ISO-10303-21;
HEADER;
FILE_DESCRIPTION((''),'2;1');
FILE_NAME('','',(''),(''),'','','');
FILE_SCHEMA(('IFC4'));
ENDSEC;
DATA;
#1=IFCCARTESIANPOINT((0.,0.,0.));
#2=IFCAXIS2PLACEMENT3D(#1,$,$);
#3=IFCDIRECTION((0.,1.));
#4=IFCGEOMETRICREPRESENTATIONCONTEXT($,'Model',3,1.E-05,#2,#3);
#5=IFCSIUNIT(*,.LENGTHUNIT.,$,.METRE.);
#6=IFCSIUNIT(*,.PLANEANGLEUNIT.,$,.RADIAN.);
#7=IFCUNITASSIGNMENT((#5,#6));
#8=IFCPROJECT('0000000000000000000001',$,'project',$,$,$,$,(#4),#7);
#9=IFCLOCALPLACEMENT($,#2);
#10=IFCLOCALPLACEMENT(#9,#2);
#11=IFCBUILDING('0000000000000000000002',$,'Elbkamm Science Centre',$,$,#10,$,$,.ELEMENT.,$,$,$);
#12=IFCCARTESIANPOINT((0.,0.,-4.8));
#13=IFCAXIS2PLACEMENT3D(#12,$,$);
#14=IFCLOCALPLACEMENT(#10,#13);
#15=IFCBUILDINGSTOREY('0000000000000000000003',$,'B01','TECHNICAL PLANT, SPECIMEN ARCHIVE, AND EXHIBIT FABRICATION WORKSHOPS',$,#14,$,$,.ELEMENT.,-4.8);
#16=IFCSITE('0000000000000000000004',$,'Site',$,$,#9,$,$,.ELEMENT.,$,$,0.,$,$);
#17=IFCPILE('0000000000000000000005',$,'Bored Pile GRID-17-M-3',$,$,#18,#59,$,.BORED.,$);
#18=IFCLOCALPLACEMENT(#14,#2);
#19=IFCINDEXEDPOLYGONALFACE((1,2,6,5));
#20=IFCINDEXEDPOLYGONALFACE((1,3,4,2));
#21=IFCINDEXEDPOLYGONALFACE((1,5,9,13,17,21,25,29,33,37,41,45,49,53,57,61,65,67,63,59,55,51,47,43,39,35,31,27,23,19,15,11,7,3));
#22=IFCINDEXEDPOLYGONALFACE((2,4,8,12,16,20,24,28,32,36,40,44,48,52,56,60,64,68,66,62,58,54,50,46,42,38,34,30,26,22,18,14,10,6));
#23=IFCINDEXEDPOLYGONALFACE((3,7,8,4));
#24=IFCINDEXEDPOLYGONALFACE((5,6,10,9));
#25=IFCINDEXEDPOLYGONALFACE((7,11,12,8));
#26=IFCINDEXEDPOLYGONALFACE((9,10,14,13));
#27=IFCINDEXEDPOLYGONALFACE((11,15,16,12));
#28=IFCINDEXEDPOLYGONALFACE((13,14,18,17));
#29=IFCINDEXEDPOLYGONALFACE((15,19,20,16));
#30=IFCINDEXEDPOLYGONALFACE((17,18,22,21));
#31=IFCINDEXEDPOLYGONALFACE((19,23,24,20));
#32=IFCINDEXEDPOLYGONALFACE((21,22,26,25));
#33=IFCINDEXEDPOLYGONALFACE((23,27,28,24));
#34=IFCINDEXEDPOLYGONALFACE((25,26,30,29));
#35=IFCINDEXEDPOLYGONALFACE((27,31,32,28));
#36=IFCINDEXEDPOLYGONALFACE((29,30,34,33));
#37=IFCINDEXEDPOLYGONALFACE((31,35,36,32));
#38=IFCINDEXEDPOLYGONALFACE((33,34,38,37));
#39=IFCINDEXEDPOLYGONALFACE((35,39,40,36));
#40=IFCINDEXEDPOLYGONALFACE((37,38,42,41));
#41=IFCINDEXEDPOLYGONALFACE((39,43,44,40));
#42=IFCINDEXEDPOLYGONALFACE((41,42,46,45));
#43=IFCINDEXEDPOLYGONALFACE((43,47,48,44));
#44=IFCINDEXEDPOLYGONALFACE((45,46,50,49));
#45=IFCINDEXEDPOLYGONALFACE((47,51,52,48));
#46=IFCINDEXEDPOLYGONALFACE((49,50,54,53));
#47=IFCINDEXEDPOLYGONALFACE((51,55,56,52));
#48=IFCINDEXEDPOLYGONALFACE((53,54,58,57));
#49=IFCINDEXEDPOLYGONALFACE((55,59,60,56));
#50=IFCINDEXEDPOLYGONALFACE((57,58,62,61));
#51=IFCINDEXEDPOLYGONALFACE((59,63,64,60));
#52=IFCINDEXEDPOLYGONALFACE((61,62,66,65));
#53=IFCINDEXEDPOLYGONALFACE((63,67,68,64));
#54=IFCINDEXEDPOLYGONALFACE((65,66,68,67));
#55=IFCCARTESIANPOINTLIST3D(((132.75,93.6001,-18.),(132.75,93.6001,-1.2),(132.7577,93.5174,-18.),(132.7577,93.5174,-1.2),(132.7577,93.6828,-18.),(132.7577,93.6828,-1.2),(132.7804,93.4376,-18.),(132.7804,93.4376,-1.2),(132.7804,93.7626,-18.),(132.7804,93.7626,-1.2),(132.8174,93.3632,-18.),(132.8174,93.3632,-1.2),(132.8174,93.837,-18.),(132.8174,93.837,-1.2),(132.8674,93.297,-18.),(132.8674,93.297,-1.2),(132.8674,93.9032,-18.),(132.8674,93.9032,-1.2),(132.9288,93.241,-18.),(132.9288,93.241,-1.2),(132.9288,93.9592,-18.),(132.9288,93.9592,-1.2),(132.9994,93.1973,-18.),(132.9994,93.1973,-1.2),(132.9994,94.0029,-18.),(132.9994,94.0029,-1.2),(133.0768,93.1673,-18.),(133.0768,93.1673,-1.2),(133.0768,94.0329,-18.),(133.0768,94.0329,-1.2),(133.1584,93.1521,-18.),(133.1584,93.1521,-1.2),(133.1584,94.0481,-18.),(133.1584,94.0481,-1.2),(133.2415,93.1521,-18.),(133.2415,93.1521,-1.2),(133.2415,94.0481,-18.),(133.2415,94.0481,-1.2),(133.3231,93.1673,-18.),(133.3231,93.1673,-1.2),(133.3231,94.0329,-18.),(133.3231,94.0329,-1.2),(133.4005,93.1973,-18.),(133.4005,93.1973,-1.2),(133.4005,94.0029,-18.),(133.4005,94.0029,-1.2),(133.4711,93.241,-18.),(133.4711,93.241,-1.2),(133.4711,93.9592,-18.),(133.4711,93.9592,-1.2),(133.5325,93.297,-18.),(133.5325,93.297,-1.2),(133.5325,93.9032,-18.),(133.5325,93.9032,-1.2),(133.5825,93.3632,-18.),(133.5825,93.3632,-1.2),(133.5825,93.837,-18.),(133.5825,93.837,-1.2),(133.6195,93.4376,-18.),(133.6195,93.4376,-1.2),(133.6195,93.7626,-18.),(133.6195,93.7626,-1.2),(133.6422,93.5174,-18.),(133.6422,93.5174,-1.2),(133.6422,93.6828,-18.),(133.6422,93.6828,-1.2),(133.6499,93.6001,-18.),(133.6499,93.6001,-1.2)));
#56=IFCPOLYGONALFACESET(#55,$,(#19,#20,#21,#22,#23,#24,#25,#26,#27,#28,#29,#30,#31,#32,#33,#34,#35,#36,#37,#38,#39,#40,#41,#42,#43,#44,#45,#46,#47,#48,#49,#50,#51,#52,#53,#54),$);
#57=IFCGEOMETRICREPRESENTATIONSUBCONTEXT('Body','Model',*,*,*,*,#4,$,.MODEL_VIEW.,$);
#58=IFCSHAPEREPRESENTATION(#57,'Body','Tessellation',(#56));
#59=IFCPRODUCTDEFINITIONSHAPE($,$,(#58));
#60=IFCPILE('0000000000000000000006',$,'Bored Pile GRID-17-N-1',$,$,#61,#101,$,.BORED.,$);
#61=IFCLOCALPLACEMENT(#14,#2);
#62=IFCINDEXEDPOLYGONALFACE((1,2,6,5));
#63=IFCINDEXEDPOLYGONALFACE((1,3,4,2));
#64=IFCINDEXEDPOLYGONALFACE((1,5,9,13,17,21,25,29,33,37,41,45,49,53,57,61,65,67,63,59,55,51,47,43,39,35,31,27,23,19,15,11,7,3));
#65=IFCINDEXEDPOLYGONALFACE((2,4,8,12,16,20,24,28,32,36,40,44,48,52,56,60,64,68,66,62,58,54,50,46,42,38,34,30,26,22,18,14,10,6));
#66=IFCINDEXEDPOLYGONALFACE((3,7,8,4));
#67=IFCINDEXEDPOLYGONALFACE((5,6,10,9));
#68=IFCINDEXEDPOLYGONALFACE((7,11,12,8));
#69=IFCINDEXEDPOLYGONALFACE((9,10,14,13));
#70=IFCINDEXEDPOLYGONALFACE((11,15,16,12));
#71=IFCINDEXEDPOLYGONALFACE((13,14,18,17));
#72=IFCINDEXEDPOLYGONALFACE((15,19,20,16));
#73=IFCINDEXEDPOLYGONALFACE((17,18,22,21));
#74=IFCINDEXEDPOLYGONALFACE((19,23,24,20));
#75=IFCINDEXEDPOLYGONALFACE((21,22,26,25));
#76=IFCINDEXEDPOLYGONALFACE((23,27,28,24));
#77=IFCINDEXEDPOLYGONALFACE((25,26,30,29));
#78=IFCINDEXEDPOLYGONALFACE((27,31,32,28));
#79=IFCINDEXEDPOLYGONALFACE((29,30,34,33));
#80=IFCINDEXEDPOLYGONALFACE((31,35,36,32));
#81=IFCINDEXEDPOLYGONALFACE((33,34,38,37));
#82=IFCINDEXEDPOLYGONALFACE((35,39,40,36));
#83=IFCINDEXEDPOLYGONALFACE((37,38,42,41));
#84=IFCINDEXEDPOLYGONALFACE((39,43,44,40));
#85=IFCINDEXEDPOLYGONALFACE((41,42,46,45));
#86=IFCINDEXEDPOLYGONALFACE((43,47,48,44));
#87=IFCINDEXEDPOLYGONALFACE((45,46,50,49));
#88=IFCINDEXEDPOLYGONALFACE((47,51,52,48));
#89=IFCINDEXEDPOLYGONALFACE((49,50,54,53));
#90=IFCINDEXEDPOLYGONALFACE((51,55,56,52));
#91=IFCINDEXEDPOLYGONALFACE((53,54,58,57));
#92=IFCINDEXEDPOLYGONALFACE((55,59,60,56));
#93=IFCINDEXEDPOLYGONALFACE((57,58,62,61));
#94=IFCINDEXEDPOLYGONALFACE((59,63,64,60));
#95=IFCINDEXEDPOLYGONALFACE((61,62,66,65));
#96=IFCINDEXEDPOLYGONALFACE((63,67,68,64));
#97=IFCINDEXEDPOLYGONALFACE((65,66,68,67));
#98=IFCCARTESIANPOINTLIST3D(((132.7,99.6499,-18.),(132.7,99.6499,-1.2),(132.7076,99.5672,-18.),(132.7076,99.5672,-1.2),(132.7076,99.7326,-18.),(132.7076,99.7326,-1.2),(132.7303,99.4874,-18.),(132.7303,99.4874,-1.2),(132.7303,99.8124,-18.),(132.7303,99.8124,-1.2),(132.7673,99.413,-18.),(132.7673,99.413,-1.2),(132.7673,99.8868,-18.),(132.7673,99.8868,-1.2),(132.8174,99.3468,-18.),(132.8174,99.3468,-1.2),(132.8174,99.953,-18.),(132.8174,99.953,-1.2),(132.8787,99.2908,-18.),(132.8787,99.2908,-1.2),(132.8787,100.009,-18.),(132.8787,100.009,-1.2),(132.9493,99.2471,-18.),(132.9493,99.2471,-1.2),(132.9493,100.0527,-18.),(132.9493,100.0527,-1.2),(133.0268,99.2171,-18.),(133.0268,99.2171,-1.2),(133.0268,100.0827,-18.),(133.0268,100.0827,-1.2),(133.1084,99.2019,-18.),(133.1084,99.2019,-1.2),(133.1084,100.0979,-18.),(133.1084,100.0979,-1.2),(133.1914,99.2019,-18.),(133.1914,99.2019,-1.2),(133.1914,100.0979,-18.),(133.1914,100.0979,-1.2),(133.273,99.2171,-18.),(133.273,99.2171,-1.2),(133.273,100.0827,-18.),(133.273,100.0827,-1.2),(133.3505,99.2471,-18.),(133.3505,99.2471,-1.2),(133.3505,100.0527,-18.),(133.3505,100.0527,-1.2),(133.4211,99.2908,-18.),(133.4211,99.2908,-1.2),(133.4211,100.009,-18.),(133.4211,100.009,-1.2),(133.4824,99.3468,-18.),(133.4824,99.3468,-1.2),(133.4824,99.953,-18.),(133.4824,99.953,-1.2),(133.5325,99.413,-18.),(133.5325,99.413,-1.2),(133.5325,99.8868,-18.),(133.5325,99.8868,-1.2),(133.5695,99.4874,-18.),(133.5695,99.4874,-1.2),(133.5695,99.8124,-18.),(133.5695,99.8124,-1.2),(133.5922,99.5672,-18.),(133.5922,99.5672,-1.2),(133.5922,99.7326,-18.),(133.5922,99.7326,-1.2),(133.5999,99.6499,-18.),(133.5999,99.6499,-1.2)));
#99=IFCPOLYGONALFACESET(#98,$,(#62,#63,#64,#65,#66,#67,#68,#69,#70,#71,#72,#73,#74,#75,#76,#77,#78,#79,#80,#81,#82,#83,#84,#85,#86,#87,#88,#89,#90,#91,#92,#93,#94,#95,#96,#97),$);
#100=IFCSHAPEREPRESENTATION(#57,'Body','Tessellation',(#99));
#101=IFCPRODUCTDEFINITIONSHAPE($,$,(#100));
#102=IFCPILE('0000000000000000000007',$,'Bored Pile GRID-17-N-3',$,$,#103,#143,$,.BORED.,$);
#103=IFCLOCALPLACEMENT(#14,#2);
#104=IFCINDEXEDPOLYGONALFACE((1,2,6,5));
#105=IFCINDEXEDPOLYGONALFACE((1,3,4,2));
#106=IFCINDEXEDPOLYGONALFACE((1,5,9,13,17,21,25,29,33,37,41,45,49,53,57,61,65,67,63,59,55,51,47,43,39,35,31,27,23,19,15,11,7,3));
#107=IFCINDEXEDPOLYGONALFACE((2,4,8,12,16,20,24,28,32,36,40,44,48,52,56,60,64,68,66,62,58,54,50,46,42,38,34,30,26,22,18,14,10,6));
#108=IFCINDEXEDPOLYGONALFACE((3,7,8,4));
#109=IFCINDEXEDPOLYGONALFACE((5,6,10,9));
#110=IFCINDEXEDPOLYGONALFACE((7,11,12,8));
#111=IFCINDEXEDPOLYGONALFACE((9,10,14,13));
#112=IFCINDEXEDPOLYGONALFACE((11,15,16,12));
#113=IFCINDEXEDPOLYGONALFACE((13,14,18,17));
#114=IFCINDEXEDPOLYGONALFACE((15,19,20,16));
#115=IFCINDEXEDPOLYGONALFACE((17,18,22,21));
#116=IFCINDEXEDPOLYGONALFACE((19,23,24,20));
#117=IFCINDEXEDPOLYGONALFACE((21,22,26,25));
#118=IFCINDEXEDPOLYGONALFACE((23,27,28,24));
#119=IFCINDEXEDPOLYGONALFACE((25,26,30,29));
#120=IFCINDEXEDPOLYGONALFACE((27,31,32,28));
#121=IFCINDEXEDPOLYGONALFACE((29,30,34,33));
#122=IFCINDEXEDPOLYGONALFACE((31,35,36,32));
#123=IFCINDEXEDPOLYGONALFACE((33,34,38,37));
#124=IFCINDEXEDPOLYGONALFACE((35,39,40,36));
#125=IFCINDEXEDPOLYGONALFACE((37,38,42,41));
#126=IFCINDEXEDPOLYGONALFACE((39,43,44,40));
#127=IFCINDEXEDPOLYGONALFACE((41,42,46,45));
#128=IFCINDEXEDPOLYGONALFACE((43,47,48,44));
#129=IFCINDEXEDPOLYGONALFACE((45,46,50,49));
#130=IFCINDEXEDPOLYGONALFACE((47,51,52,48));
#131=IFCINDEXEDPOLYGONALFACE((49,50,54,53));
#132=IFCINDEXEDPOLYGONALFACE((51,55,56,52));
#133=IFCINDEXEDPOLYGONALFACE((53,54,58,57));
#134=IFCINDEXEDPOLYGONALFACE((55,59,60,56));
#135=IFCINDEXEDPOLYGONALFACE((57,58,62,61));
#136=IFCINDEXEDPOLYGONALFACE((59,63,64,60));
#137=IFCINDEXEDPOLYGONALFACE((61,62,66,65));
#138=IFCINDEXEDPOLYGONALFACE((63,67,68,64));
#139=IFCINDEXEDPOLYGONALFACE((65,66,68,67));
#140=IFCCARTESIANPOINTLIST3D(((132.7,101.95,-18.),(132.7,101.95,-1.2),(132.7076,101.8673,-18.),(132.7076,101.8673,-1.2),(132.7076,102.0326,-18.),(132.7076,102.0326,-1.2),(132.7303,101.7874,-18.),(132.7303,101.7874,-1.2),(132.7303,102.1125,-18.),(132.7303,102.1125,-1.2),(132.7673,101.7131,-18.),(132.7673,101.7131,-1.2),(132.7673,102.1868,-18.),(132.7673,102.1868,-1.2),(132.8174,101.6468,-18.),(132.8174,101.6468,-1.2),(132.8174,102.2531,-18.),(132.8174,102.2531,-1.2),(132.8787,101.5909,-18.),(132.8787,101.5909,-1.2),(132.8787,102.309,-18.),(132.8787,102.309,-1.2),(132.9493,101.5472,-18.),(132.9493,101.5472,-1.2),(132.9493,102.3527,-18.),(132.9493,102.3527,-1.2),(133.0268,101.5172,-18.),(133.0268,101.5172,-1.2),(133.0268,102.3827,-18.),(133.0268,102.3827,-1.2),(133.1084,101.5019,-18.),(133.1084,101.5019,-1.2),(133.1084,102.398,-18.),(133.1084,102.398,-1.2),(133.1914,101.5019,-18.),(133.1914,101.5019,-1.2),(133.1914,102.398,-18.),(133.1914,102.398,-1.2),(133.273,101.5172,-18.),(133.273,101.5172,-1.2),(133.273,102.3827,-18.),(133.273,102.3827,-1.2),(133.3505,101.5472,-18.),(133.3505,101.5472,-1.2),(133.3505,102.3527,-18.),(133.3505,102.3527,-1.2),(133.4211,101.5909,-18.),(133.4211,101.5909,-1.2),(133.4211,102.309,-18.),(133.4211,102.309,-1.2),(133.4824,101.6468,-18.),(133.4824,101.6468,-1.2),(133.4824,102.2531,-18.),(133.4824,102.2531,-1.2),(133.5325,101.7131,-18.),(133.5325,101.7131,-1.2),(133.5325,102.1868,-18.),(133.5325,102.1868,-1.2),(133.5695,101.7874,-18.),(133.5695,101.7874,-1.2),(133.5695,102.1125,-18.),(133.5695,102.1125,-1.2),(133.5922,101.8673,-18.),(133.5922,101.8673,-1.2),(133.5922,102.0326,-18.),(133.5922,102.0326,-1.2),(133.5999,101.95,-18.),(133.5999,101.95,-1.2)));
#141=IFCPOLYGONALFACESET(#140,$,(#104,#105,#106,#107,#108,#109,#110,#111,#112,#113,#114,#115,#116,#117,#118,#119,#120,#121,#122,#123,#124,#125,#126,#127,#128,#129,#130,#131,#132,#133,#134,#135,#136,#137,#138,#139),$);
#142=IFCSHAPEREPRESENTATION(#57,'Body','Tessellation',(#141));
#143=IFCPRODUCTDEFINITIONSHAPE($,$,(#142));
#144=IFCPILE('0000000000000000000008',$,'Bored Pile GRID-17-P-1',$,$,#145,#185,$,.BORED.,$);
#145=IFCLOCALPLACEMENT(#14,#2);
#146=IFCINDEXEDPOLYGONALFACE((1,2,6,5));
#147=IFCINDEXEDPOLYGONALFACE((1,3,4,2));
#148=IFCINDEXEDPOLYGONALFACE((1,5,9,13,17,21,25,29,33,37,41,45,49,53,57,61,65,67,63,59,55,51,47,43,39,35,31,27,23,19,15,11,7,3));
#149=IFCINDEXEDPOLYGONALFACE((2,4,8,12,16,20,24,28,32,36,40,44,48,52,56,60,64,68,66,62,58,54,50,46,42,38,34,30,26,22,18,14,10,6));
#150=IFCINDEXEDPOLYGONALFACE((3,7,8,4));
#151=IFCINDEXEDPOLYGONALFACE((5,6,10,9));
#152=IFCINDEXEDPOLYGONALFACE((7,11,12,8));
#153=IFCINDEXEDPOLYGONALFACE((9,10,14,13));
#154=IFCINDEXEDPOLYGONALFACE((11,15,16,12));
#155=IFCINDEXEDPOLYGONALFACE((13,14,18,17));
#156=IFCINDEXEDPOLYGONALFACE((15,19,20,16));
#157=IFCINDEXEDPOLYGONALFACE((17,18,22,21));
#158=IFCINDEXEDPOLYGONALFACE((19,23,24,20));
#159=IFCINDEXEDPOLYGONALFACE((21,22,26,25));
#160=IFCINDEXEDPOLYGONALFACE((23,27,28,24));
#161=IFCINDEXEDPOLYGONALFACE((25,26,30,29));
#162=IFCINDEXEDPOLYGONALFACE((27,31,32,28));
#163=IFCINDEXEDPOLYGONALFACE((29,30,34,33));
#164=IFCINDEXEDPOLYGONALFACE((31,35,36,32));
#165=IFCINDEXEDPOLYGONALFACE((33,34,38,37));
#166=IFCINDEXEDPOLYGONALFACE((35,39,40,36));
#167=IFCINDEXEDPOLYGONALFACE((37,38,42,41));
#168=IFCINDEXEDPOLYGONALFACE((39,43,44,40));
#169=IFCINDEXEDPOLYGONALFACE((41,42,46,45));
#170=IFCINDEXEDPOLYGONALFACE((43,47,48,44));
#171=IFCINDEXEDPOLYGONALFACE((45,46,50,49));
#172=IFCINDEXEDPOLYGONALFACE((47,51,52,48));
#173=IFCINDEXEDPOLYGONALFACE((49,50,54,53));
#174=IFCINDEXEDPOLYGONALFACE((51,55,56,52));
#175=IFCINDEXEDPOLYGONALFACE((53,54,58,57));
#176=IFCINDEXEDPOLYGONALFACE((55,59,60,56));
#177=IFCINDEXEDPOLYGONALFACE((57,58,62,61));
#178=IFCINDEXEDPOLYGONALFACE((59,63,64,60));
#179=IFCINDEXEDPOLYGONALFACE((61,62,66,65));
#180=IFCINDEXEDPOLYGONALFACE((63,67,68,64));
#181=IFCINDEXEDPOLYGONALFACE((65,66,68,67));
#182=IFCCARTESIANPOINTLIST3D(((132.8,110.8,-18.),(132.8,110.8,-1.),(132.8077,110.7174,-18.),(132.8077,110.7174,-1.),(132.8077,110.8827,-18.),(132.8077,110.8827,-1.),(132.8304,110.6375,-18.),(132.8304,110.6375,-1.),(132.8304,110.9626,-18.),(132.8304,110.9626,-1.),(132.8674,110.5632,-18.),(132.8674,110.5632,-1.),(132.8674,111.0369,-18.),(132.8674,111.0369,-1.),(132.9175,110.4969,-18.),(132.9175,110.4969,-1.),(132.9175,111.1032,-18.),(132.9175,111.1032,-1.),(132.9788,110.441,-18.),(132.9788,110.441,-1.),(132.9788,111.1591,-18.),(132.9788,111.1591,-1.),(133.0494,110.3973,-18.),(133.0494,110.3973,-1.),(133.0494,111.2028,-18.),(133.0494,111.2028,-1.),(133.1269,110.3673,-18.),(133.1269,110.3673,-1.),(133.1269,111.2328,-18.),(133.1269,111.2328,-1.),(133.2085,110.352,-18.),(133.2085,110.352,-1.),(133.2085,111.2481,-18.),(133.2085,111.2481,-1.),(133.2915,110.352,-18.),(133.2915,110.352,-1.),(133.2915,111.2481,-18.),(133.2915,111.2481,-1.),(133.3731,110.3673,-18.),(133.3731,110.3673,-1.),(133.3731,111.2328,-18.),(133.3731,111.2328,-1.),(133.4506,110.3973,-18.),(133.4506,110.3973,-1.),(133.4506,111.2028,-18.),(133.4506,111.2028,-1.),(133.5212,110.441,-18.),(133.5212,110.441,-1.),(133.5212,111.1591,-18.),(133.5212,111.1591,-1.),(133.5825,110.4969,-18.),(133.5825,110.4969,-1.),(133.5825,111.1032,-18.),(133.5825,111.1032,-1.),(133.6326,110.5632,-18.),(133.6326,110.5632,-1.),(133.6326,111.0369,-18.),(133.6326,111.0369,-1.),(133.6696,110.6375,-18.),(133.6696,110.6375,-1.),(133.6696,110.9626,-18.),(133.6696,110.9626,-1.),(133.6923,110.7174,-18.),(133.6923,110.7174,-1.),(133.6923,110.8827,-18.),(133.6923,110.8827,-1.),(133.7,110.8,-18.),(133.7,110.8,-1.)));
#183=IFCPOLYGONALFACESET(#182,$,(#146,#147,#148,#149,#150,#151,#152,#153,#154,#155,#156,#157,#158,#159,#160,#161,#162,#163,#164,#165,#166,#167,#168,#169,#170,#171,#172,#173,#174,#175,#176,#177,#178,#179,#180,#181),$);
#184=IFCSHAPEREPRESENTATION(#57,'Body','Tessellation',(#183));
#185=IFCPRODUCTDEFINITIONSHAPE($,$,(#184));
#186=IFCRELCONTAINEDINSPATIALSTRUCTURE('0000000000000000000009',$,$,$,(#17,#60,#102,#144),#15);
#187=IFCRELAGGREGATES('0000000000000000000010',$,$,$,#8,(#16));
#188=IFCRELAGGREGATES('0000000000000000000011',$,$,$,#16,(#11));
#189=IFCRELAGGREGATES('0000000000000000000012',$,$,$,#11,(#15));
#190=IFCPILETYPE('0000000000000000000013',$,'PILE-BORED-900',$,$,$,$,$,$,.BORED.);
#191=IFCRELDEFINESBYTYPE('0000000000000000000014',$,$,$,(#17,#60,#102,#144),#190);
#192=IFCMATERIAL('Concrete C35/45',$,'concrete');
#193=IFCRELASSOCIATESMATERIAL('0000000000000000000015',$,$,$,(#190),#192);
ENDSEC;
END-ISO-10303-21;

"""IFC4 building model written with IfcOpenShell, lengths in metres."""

from ifc_helpers import new_model, si_unit, direction, frame, origin, origin_2d, place, context, subcontext, project, spatial, circle, extrude, material, material_profile, profile_set, type_object, element, save


model = new_model("IFC4")

# Units and contexts
model_context = context("Model", 3, precision=1e-05, world=origin(), true_north=direction((0.0, 1.0)))
body_context = subcontext(model_context, "Body", "Model", "MODEL_VIEW")
ifc_project = project(units=[si_unit("LENGTHUNIT", "METRE"), si_unit("PLANEANGLEUNIT", "RADIAN")], contexts=[model_context])

# Site, building, storey
site_placement = place(None, origin())
site = spatial("IfcSite", under=ifc_project, at=site_placement, Name="Site", CompositionType="ELEMENT", RefElevation=0.0)
building_placement = place(site_placement, origin())
building = spatial("IfcBuilding", under=site, at=building_placement, Name="Elbkamm Science Centre", CompositionType="ELEMENT")
storey_placement = place(building_placement, frame((0.0, 0.0, -4.8)))
storey = spatial("IfcBuildingStorey", under=building, at=storey_placement, Name="B01", Description="TECHNICAL PLANT, SPECIMEN ARCHIVE, AND EXHIBIT FABRICATION WORKSHOPS", CompositionType="ELEMENT", Elevation=-4.8)

# Shared definitions
ifc_material_1 = material(Name="Concrete C35/45", Category="concrete")

# Piles
ifc_material_profile_1 = material_profile(ifc_material_1, circle(Radius=0.45, at=origin_2d()), Name="PILE D900")
ifc_profile_set_1 = profile_set([ifc_material_profile_1], Name="Concrete C35/45")
pile_type = type_object("IfcPileType", Name="PILE-BORED-900", PredefinedType="BORED", material=ifc_profile_set_1)
for number, where, z_axis, x_axis, name in (
    (1, (133.2, 93.6001, -1.2), (0.0, 0.0, -1.0), (1.0, 0.0, 0.0), "Bored Pile GRID-17-M-3"),
    (2, (133.1499, 99.6499, -1.2), (0.0, 0.0, -1.0), (1.0, 0.0, 0.0), "Bored Pile GRID-17-N-1"),
    (3, (133.1499, 101.95, -1.2), (0.0, 0.0, -1.0), (1.0, 0.0, 0.0), "Bored Pile GRID-17-N-3"),
):
    element("IfcPile", number, at=place(storey_placement, frame(where, z_axis=z_axis, x_axis=x_axis)), inside=storey, type_object=pile_type, Name=name, PredefinedType="BORED", context=body_context, shape_type="SweptSolid", body=[
        extrude(circle(Radius=0.45, at=origin_2d()), origin(), (0.0, 0.0, 1.0), 16.8),
    ])
pile_1_placement = place(storey_placement, frame((133.25, 110.8, -1.0), z_axis=(0.0, 0.0, -1.0), x_axis=(1.0, 0.0, 0.0)))
element("IfcPile", 4, at=pile_1_placement, inside=storey, type_object=pile_type, Name="Bored Pile GRID-17-P-1", PredefinedType="BORED", context=body_context, shape_type="SweptSolid", body=[
    extrude(circle(Radius=0.45, at=origin_2d()), origin(), (0.0, 0.0, 1.0), 17.0),
])

save(model, "model.ifc")
